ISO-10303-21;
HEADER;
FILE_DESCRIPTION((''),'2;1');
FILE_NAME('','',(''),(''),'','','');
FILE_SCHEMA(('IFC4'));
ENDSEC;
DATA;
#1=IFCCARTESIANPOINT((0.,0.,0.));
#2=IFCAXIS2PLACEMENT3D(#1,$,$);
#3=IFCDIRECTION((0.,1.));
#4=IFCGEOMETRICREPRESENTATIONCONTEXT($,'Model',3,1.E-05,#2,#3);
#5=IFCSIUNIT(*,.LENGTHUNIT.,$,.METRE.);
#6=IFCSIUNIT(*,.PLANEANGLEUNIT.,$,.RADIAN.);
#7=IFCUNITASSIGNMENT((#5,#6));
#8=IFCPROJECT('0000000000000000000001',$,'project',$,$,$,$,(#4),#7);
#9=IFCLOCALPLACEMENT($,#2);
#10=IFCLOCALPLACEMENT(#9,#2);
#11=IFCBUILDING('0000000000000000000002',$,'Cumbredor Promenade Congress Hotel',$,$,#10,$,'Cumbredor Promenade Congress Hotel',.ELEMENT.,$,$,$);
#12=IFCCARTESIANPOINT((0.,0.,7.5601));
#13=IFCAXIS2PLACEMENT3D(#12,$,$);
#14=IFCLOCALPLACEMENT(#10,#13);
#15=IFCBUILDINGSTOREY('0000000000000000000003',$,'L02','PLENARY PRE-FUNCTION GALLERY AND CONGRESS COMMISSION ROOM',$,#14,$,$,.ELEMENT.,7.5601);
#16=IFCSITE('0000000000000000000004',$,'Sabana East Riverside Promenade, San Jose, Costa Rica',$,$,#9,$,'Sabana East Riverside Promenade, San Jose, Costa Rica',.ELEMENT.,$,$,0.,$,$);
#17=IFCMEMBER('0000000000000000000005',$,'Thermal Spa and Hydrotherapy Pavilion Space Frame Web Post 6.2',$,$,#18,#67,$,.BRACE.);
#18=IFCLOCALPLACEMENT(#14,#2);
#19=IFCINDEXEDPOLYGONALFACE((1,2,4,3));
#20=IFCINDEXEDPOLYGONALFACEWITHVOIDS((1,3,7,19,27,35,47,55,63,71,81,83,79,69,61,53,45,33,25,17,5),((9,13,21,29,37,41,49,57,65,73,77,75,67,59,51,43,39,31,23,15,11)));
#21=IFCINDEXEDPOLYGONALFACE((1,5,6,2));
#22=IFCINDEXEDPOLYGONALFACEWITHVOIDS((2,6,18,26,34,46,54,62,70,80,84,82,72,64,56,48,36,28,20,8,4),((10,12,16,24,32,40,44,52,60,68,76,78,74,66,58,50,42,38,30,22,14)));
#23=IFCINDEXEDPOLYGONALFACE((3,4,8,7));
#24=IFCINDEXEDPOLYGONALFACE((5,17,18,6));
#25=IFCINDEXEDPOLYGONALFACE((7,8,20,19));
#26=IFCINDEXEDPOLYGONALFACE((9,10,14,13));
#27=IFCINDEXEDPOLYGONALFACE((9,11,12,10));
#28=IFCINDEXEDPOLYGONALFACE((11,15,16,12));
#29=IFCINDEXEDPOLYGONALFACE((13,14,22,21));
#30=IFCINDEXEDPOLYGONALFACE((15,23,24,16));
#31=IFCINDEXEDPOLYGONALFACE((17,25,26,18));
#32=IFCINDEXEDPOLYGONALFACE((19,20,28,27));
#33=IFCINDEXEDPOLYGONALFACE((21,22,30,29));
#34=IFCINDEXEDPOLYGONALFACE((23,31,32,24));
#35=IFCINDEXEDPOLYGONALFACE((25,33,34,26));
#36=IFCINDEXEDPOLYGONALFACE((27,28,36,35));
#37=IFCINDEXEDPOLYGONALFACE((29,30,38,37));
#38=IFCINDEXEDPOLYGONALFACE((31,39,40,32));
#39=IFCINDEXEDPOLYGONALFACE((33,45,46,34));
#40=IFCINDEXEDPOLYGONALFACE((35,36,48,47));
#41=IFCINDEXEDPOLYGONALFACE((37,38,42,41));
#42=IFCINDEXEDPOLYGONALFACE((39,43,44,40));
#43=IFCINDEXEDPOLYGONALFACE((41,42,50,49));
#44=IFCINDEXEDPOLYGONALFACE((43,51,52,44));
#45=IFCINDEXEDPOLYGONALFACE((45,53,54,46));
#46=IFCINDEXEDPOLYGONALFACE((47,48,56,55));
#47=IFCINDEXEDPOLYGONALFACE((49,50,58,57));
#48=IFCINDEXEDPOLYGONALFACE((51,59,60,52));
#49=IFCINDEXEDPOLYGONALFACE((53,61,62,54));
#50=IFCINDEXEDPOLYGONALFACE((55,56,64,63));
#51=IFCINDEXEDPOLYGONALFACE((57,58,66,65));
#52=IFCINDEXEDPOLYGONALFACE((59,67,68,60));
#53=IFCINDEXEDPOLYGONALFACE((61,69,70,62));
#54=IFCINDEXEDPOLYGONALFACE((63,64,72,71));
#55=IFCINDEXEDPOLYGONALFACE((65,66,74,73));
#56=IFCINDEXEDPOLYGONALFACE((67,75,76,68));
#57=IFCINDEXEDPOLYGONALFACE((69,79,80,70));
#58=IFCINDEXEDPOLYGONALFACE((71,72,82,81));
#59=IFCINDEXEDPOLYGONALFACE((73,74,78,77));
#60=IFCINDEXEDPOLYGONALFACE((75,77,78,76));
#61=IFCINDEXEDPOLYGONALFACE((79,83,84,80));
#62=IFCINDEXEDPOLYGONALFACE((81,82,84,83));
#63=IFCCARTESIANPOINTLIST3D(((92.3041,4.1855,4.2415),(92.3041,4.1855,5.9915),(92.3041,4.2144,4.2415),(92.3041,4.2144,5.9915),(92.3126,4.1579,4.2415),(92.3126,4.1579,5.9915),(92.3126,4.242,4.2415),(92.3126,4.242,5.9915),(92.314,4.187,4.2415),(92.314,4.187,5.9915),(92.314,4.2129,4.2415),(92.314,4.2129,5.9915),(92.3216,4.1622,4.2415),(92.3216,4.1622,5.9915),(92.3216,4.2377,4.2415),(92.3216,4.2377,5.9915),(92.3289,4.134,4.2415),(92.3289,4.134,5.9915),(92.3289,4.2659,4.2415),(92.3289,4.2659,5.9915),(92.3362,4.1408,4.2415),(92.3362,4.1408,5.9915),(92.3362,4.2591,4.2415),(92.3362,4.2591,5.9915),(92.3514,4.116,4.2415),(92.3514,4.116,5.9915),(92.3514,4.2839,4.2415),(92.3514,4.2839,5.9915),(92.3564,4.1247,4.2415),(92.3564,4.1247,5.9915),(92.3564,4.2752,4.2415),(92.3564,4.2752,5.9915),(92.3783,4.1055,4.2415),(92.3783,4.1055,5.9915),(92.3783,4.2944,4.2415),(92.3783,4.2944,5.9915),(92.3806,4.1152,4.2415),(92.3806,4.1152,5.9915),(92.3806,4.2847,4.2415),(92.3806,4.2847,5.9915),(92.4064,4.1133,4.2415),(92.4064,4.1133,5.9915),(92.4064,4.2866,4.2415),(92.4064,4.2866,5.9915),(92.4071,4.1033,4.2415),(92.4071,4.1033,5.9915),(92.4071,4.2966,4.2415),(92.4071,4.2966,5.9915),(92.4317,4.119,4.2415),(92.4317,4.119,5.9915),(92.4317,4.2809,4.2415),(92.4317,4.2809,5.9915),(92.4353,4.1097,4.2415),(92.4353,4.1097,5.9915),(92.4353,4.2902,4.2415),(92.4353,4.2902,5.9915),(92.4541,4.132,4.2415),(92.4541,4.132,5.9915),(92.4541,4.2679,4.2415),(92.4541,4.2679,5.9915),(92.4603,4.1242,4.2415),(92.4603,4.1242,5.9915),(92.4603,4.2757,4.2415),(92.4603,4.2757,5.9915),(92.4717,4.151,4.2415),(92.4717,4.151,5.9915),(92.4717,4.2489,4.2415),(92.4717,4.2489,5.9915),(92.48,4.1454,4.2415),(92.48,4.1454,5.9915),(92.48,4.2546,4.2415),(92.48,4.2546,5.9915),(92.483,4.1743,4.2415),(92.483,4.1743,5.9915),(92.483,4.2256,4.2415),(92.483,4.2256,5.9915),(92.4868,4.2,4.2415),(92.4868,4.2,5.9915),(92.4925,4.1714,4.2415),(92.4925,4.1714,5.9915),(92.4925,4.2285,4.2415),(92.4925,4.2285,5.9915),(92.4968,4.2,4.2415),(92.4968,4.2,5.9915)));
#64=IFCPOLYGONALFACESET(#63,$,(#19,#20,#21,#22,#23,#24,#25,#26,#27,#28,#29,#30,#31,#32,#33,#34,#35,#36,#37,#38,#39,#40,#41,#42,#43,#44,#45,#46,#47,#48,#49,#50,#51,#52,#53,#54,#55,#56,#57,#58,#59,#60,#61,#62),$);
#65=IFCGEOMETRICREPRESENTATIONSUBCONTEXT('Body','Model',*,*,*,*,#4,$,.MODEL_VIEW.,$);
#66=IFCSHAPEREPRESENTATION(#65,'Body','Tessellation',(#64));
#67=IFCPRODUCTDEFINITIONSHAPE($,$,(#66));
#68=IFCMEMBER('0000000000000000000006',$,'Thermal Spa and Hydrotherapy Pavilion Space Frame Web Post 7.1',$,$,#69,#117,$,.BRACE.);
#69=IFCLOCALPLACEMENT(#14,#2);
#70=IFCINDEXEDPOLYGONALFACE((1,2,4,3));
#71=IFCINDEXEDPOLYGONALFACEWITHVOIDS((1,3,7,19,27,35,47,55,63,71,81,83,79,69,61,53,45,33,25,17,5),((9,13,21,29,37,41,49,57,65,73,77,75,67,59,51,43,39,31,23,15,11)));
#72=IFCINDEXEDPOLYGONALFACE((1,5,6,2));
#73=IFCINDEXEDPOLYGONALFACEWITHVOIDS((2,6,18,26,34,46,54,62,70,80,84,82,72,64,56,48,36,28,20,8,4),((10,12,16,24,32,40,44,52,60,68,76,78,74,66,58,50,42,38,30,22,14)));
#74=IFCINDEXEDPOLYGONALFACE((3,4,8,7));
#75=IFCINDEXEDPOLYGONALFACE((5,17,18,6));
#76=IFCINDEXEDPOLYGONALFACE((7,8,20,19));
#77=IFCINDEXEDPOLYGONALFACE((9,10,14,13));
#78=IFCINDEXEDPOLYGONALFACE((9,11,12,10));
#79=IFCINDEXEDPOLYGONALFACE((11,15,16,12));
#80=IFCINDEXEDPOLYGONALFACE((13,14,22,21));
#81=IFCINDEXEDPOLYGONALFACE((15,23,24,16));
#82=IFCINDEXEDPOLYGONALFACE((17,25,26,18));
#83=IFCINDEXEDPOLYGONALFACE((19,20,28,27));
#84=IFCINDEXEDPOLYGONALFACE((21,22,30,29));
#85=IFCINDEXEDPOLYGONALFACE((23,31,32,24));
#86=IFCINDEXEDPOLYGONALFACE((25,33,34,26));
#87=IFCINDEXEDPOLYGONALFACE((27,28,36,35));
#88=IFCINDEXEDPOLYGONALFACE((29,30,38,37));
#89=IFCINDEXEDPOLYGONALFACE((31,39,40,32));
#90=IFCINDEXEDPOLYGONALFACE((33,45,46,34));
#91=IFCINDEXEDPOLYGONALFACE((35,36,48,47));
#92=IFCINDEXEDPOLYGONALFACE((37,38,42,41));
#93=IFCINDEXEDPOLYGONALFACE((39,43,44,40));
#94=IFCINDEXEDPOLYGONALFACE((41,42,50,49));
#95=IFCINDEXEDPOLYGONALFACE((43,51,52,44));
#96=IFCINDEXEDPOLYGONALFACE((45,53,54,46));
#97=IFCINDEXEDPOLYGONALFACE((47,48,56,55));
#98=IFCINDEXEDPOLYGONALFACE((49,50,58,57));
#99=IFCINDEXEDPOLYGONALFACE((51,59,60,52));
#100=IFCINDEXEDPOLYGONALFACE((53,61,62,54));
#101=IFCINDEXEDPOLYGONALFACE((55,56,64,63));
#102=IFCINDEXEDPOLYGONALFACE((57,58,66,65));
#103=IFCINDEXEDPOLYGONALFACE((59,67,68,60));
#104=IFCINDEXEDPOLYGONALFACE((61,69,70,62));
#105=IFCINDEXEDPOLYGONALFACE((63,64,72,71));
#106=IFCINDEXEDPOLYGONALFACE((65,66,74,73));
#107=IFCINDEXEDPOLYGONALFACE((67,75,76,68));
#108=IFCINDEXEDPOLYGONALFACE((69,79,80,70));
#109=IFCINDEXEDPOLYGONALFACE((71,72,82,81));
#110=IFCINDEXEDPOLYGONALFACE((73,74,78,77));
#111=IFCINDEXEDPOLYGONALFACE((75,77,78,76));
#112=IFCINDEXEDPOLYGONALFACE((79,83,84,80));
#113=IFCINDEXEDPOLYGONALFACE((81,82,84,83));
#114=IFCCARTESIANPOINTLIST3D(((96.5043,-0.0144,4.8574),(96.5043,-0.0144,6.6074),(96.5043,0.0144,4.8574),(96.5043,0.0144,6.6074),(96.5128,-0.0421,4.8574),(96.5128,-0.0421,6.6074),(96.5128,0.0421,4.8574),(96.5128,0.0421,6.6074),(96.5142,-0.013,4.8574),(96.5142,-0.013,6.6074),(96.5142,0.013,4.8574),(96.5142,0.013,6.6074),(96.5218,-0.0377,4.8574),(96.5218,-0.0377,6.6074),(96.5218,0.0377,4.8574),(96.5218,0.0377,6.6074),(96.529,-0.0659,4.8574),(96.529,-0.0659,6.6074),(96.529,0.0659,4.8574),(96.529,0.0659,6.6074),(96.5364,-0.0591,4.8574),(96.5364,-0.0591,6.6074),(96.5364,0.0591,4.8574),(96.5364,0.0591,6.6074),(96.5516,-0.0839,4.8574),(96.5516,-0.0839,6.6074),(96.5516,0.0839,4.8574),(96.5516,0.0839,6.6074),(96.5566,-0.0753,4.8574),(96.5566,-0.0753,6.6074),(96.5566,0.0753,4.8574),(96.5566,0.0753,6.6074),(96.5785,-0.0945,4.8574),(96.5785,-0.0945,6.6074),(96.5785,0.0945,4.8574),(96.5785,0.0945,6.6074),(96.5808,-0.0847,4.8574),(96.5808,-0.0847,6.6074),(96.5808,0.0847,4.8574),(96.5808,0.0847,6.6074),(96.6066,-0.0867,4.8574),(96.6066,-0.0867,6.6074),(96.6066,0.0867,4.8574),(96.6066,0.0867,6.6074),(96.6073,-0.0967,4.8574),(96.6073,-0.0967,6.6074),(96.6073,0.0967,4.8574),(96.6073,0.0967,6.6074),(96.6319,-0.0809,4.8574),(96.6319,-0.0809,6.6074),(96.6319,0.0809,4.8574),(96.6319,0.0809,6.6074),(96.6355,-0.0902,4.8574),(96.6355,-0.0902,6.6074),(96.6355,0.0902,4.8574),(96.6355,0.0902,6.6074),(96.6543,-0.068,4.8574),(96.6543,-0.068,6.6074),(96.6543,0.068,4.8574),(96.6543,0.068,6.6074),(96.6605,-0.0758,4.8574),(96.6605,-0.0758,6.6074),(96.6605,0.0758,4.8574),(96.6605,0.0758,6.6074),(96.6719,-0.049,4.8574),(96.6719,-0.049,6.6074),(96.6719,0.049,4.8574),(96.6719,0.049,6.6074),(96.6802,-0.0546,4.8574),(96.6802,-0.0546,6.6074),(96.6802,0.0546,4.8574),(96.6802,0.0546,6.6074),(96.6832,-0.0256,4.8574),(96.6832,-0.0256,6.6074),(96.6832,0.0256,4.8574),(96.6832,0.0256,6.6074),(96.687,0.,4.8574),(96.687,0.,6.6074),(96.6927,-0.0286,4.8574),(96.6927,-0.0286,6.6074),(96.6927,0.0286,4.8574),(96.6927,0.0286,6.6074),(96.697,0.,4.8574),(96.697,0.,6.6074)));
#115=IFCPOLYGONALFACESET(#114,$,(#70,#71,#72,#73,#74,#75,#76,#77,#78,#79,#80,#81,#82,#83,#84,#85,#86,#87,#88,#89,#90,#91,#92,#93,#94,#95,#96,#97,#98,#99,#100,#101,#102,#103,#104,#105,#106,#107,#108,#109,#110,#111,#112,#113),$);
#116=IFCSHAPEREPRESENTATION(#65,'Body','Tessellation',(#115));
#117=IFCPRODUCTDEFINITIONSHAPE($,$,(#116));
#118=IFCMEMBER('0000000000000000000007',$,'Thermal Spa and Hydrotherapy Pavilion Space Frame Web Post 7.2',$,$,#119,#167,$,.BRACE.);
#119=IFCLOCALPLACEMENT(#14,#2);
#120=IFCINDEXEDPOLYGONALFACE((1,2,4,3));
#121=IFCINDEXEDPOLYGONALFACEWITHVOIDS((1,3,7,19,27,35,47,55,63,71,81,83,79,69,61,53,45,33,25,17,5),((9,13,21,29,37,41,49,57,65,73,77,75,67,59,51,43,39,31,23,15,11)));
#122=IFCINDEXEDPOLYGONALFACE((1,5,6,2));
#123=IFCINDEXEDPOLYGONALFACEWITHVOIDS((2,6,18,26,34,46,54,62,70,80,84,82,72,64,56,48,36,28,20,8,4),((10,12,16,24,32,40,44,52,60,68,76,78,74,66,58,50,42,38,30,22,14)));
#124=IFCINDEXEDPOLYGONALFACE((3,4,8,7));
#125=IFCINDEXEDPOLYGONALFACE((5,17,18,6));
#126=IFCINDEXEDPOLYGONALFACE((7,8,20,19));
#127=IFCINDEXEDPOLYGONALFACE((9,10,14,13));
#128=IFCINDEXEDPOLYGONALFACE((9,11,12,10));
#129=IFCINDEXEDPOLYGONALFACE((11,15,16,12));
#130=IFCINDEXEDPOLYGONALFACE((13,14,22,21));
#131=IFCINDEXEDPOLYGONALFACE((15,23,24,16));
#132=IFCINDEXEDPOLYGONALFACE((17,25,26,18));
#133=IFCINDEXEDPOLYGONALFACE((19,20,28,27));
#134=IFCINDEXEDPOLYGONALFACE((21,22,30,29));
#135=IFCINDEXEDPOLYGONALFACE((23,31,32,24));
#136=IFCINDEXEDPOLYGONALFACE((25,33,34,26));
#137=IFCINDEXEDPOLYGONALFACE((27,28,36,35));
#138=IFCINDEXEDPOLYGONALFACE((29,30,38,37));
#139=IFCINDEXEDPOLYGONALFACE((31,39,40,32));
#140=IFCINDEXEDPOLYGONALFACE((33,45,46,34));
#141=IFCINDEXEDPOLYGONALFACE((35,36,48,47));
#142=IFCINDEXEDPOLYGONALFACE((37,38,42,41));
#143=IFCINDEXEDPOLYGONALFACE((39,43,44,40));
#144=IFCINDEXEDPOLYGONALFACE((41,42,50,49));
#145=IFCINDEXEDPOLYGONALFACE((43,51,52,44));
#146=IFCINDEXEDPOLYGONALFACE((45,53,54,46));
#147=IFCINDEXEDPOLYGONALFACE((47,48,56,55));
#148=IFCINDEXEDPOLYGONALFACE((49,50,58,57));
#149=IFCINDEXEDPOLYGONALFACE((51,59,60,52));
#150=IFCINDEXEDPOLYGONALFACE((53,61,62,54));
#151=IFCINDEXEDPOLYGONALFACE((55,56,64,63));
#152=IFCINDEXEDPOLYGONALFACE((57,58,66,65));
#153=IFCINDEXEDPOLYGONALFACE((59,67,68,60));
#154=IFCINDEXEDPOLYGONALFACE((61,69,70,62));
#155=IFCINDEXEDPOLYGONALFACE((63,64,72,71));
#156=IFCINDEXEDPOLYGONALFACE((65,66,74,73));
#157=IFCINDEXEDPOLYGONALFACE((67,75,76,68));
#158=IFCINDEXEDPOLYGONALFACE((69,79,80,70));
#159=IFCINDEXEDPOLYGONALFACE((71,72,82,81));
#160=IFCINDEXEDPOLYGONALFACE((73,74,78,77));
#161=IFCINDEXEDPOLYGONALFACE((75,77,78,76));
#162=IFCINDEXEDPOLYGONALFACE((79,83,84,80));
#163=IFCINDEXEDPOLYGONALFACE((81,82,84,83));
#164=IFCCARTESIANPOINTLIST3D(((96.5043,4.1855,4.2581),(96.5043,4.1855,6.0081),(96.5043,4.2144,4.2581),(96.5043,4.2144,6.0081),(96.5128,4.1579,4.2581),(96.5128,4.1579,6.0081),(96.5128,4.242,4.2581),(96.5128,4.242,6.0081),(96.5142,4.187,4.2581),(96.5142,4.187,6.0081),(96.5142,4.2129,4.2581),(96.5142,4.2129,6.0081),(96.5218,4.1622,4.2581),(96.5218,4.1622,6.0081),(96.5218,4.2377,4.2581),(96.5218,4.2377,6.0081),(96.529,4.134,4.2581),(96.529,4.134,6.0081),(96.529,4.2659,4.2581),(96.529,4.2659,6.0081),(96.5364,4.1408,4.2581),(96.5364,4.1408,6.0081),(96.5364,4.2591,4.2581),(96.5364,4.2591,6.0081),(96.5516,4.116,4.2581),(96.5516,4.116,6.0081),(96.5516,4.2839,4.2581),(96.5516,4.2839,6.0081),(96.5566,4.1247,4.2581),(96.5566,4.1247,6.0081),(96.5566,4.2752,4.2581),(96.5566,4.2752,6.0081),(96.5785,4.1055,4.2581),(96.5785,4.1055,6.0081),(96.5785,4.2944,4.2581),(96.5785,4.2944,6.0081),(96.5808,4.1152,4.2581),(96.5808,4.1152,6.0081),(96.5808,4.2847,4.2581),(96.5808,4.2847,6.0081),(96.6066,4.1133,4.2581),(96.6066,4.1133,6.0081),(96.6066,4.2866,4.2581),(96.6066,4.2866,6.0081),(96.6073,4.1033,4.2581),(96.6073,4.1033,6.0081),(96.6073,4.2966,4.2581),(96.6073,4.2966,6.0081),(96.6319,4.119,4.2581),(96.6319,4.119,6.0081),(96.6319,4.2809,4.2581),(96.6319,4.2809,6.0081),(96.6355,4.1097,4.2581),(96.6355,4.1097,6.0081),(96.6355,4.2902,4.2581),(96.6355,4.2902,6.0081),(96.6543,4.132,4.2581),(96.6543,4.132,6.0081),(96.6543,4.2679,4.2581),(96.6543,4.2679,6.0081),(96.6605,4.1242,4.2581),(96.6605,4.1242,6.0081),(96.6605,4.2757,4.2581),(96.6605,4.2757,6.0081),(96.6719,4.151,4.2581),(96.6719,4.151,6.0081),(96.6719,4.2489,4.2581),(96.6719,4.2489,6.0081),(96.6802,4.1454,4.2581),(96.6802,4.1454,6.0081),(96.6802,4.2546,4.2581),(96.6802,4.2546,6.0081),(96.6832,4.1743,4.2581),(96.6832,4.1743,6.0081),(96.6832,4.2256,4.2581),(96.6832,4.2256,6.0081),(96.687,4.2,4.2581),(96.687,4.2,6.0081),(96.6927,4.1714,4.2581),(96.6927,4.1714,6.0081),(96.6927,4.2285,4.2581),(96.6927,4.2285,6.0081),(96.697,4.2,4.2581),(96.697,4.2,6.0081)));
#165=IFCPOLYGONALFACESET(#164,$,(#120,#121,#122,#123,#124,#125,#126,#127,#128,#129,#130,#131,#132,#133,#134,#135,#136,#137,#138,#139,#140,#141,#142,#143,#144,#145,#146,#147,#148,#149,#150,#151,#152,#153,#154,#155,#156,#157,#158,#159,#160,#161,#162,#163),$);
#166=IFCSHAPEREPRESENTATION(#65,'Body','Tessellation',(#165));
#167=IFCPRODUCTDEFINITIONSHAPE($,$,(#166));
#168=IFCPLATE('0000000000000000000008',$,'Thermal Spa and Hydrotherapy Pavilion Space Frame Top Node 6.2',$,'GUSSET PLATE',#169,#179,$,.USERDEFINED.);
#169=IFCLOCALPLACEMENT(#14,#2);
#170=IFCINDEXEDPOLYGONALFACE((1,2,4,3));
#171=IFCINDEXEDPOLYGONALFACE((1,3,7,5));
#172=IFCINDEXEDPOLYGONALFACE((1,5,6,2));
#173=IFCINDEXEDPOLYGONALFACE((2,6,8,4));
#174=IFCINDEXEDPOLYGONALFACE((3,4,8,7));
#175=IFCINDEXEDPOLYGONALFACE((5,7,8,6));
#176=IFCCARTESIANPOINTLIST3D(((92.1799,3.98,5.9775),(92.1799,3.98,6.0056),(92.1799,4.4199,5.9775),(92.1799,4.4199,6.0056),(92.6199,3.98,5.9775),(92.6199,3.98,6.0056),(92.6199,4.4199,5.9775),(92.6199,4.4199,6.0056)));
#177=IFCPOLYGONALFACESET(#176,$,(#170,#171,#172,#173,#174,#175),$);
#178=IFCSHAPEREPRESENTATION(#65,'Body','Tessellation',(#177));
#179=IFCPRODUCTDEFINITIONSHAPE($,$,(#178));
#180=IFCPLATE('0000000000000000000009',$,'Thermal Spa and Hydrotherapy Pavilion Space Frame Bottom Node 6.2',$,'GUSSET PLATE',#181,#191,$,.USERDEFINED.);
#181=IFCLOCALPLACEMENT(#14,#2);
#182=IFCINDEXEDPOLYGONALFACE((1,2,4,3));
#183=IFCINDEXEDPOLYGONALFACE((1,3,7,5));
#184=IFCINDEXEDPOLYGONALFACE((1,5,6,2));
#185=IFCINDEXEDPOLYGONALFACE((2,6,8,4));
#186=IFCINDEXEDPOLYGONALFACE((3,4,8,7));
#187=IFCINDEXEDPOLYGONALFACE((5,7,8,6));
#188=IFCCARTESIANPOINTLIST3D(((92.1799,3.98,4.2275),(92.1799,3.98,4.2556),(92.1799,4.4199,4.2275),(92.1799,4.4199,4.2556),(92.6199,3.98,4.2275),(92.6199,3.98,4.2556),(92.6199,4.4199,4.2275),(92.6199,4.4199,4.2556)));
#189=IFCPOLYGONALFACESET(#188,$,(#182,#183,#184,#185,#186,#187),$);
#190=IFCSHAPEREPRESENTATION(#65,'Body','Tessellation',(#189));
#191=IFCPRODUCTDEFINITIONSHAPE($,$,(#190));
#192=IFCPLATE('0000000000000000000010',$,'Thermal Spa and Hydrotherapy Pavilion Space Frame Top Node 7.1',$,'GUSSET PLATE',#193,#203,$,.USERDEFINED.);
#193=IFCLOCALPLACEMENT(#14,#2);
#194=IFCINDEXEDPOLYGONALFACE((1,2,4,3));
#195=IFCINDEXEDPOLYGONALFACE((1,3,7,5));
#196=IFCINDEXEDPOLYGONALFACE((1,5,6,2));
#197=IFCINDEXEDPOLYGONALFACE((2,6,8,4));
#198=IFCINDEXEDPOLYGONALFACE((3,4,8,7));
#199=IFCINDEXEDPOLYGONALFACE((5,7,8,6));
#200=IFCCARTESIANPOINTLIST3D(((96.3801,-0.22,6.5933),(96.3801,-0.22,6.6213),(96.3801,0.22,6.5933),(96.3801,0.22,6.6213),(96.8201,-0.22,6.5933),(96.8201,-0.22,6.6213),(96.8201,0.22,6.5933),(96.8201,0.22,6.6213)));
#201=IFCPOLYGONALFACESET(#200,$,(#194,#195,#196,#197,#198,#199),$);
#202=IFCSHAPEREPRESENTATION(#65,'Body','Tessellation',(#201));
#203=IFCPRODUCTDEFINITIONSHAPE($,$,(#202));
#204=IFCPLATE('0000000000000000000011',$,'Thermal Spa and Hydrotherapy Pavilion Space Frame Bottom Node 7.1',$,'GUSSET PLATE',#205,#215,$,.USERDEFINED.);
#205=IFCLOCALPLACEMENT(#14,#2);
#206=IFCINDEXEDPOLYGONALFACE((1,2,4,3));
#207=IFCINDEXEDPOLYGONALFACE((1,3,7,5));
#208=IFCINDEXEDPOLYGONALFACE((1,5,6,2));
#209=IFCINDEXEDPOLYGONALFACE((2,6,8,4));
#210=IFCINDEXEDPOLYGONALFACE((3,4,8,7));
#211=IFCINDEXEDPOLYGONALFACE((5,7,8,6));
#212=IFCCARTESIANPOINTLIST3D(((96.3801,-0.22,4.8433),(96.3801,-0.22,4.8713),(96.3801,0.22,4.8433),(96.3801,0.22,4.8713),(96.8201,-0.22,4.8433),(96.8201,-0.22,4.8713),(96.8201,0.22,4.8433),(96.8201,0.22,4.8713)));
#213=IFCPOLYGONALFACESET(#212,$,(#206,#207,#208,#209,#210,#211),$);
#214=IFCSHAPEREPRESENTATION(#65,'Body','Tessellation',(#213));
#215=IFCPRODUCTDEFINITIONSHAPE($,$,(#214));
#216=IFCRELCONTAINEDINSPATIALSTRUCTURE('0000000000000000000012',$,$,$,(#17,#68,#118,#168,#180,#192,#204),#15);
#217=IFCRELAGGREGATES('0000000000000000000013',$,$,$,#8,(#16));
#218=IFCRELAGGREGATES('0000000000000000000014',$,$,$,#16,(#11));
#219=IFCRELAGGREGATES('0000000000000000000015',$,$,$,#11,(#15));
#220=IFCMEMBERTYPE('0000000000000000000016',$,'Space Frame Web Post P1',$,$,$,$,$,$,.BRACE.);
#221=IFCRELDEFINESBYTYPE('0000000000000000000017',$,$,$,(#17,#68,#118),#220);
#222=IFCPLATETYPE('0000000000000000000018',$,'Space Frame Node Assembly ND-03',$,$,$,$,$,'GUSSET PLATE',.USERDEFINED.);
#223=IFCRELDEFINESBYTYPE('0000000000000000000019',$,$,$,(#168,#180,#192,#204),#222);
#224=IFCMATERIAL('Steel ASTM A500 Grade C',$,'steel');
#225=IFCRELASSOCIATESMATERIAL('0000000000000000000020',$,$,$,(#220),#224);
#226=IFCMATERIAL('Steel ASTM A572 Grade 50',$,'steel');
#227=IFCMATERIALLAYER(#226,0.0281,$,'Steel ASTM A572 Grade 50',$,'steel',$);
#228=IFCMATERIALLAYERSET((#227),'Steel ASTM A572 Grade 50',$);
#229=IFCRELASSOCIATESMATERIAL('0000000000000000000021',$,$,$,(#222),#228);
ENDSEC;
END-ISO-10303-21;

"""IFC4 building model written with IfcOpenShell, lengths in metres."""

from ifc_helpers import new_model, si_unit, direction, frame, origin, origin_2d, place, context, subcontext, project, spatial, rectangle, hollow_circle, extrude, material, layer, layer_set, material_profile, profile_set, type_object, element, save


model = new_model("IFC4")

# Units and contexts
model_context = context("Model", 3, precision=1e-05, world=origin(), true_north=direction((0.0, 1.0)))
body_context = subcontext(model_context, "Body", "Model", "MODEL_VIEW")
ifc_project = project(units=[si_unit("LENGTHUNIT", "METRE"), si_unit("PLANEANGLEUNIT", "RADIAN")], contexts=[model_context])

# Site, building, storey
site_placement = place(None, origin())
site = spatial("IfcSite", under=ifc_project, at=site_placement, Name="Sabana East Riverside Promenade, San Jose, Costa Rica", LongName="Sabana East Riverside Promenade, San Jose, Costa Rica", CompositionType="ELEMENT", RefElevation=0.0)
building_placement = place(site_placement, origin())
building = spatial("IfcBuilding", under=site, at=building_placement, Name="Cumbredor Promenade Congress Hotel", LongName="Cumbredor Promenade Congress Hotel", CompositionType="ELEMENT")
storey_placement = place(building_placement, frame((0.0, 0.0, 7.5601)))
storey = spatial("IfcBuildingStorey", under=building, at=storey_placement, Name="L02", Description="PLENARY PRE-FUNCTION GALLERY AND CONGRESS COMMISSION ROOM", CompositionType="ELEMENT", Elevation=7.5601)

# Members
ifc_material_1 = material(Name="Steel ASTM A500 Grade C", Category="steel")
ifc_material_profile_1 = material_profile(ifc_material_1, hollow_circle(Radius=0.0969, WallThickness=0.01, at=origin_2d()), Name="CHS 193.7x10")
ifc_profile_set_1 = profile_set([ifc_material_profile_1], Name="Steel ASTM A500 Grade C")
member_type_1 = type_object("IfcMemberType", Name="Space Frame Web Post P1", PredefinedType="BRACE", material=ifc_profile_set_1)
for number, where, z_axis, x_axis, name in (
    (1, (92.3999, 4.2, 4.2415), (0.0, 0.0, 1.0), (1.0, 0.0, 0.0), "Thermal Spa and Hydrotherapy Pavilion Space Frame Web Post 6.2"),
    (2, (96.6001, 0.0, 4.8574), (0.0, 0.0, 1.0), (1.0, 0.0, 0.0), "Thermal Spa and Hydrotherapy Pavilion Space Frame Web Post 7.1"),
    (3, (96.6001, 4.2, 4.2581), (0.0, 0.0, 1.0), (1.0, 0.0, 0.0), "Thermal Spa and Hydrotherapy Pavilion Space Frame Web Post 7.2"),
):
    element("IfcMember", number, at=place(storey_placement, frame(where, z_axis=z_axis, x_axis=x_axis)), inside=storey, type_object=member_type_1, Name=name, PredefinedType="BRACE", context=body_context, shape_type="SweptSolid", body=[
        extrude(hollow_circle(Radius=0.0969, WallThickness=0.01, at=origin_2d()), origin(), (0.0, 0.0, 1.0), 1.75),
    ])

# Plates
ifc_material_2 = material(Name="Steel ASTM A572 Grade 50", Category="steel")
ifc_layer = layer(ifc_material_2, 0.0281, Name="Steel ASTM A572 Grade 50", Category="steel")
ifc_layer_set = layer_set([ifc_layer], Name="Steel ASTM A572 Grade 50")
plate_type = type_object("IfcPlateType", Name="Space Frame Node Assembly ND-03", ElementType="GUSSET PLATE", PredefinedType="USERDEFINED", material=ifc_layer_set)
for number, where, z_axis, x_axis, name in (
    (4, (92.3999, 4.2, 5.9775), (0.0, 0.0, 1.0), (1.0, 0.0, 0.0), "Thermal Spa and Hydrotherapy Pavilion Space Frame Top Node 6.2"),
    (5, (92.3999, 4.2, 4.2275), (0.0, 0.0, 1.0), (1.0, 0.0, 0.0), "Thermal Spa and Hydrotherapy Pavilion Space Frame Bottom Node 6.2"),
    (6, (96.6001, 0.0, 6.5933), (0.0, 0.0, 1.0), (1.0, 0.0, 0.0), "Thermal Spa and Hydrotherapy Pavilion Space Frame Top Node 7.1"),
    (7, (96.6001, 0.0, 4.8433), (0.0, 0.0, 1.0), (1.0, 0.0, 0.0), "Thermal Spa and Hydrotherapy Pavilion Space Frame Bottom Node 7.1"),
):
    element("IfcPlate", number, at=place(storey_placement, frame(where, z_axis=z_axis, x_axis=x_axis)), inside=storey, type_object=plate_type, Name=name, ObjectType="GUSSET PLATE", PredefinedType="USERDEFINED", context=body_context, shape_type="SweptSolid", body=[
        extrude(rectangle(XDim=0.4399, YDim=0.4399, at=origin_2d()), origin(), (0.0, 0.0, 1.0), 0.0281),
    ])

save(model, "model.ifc")
